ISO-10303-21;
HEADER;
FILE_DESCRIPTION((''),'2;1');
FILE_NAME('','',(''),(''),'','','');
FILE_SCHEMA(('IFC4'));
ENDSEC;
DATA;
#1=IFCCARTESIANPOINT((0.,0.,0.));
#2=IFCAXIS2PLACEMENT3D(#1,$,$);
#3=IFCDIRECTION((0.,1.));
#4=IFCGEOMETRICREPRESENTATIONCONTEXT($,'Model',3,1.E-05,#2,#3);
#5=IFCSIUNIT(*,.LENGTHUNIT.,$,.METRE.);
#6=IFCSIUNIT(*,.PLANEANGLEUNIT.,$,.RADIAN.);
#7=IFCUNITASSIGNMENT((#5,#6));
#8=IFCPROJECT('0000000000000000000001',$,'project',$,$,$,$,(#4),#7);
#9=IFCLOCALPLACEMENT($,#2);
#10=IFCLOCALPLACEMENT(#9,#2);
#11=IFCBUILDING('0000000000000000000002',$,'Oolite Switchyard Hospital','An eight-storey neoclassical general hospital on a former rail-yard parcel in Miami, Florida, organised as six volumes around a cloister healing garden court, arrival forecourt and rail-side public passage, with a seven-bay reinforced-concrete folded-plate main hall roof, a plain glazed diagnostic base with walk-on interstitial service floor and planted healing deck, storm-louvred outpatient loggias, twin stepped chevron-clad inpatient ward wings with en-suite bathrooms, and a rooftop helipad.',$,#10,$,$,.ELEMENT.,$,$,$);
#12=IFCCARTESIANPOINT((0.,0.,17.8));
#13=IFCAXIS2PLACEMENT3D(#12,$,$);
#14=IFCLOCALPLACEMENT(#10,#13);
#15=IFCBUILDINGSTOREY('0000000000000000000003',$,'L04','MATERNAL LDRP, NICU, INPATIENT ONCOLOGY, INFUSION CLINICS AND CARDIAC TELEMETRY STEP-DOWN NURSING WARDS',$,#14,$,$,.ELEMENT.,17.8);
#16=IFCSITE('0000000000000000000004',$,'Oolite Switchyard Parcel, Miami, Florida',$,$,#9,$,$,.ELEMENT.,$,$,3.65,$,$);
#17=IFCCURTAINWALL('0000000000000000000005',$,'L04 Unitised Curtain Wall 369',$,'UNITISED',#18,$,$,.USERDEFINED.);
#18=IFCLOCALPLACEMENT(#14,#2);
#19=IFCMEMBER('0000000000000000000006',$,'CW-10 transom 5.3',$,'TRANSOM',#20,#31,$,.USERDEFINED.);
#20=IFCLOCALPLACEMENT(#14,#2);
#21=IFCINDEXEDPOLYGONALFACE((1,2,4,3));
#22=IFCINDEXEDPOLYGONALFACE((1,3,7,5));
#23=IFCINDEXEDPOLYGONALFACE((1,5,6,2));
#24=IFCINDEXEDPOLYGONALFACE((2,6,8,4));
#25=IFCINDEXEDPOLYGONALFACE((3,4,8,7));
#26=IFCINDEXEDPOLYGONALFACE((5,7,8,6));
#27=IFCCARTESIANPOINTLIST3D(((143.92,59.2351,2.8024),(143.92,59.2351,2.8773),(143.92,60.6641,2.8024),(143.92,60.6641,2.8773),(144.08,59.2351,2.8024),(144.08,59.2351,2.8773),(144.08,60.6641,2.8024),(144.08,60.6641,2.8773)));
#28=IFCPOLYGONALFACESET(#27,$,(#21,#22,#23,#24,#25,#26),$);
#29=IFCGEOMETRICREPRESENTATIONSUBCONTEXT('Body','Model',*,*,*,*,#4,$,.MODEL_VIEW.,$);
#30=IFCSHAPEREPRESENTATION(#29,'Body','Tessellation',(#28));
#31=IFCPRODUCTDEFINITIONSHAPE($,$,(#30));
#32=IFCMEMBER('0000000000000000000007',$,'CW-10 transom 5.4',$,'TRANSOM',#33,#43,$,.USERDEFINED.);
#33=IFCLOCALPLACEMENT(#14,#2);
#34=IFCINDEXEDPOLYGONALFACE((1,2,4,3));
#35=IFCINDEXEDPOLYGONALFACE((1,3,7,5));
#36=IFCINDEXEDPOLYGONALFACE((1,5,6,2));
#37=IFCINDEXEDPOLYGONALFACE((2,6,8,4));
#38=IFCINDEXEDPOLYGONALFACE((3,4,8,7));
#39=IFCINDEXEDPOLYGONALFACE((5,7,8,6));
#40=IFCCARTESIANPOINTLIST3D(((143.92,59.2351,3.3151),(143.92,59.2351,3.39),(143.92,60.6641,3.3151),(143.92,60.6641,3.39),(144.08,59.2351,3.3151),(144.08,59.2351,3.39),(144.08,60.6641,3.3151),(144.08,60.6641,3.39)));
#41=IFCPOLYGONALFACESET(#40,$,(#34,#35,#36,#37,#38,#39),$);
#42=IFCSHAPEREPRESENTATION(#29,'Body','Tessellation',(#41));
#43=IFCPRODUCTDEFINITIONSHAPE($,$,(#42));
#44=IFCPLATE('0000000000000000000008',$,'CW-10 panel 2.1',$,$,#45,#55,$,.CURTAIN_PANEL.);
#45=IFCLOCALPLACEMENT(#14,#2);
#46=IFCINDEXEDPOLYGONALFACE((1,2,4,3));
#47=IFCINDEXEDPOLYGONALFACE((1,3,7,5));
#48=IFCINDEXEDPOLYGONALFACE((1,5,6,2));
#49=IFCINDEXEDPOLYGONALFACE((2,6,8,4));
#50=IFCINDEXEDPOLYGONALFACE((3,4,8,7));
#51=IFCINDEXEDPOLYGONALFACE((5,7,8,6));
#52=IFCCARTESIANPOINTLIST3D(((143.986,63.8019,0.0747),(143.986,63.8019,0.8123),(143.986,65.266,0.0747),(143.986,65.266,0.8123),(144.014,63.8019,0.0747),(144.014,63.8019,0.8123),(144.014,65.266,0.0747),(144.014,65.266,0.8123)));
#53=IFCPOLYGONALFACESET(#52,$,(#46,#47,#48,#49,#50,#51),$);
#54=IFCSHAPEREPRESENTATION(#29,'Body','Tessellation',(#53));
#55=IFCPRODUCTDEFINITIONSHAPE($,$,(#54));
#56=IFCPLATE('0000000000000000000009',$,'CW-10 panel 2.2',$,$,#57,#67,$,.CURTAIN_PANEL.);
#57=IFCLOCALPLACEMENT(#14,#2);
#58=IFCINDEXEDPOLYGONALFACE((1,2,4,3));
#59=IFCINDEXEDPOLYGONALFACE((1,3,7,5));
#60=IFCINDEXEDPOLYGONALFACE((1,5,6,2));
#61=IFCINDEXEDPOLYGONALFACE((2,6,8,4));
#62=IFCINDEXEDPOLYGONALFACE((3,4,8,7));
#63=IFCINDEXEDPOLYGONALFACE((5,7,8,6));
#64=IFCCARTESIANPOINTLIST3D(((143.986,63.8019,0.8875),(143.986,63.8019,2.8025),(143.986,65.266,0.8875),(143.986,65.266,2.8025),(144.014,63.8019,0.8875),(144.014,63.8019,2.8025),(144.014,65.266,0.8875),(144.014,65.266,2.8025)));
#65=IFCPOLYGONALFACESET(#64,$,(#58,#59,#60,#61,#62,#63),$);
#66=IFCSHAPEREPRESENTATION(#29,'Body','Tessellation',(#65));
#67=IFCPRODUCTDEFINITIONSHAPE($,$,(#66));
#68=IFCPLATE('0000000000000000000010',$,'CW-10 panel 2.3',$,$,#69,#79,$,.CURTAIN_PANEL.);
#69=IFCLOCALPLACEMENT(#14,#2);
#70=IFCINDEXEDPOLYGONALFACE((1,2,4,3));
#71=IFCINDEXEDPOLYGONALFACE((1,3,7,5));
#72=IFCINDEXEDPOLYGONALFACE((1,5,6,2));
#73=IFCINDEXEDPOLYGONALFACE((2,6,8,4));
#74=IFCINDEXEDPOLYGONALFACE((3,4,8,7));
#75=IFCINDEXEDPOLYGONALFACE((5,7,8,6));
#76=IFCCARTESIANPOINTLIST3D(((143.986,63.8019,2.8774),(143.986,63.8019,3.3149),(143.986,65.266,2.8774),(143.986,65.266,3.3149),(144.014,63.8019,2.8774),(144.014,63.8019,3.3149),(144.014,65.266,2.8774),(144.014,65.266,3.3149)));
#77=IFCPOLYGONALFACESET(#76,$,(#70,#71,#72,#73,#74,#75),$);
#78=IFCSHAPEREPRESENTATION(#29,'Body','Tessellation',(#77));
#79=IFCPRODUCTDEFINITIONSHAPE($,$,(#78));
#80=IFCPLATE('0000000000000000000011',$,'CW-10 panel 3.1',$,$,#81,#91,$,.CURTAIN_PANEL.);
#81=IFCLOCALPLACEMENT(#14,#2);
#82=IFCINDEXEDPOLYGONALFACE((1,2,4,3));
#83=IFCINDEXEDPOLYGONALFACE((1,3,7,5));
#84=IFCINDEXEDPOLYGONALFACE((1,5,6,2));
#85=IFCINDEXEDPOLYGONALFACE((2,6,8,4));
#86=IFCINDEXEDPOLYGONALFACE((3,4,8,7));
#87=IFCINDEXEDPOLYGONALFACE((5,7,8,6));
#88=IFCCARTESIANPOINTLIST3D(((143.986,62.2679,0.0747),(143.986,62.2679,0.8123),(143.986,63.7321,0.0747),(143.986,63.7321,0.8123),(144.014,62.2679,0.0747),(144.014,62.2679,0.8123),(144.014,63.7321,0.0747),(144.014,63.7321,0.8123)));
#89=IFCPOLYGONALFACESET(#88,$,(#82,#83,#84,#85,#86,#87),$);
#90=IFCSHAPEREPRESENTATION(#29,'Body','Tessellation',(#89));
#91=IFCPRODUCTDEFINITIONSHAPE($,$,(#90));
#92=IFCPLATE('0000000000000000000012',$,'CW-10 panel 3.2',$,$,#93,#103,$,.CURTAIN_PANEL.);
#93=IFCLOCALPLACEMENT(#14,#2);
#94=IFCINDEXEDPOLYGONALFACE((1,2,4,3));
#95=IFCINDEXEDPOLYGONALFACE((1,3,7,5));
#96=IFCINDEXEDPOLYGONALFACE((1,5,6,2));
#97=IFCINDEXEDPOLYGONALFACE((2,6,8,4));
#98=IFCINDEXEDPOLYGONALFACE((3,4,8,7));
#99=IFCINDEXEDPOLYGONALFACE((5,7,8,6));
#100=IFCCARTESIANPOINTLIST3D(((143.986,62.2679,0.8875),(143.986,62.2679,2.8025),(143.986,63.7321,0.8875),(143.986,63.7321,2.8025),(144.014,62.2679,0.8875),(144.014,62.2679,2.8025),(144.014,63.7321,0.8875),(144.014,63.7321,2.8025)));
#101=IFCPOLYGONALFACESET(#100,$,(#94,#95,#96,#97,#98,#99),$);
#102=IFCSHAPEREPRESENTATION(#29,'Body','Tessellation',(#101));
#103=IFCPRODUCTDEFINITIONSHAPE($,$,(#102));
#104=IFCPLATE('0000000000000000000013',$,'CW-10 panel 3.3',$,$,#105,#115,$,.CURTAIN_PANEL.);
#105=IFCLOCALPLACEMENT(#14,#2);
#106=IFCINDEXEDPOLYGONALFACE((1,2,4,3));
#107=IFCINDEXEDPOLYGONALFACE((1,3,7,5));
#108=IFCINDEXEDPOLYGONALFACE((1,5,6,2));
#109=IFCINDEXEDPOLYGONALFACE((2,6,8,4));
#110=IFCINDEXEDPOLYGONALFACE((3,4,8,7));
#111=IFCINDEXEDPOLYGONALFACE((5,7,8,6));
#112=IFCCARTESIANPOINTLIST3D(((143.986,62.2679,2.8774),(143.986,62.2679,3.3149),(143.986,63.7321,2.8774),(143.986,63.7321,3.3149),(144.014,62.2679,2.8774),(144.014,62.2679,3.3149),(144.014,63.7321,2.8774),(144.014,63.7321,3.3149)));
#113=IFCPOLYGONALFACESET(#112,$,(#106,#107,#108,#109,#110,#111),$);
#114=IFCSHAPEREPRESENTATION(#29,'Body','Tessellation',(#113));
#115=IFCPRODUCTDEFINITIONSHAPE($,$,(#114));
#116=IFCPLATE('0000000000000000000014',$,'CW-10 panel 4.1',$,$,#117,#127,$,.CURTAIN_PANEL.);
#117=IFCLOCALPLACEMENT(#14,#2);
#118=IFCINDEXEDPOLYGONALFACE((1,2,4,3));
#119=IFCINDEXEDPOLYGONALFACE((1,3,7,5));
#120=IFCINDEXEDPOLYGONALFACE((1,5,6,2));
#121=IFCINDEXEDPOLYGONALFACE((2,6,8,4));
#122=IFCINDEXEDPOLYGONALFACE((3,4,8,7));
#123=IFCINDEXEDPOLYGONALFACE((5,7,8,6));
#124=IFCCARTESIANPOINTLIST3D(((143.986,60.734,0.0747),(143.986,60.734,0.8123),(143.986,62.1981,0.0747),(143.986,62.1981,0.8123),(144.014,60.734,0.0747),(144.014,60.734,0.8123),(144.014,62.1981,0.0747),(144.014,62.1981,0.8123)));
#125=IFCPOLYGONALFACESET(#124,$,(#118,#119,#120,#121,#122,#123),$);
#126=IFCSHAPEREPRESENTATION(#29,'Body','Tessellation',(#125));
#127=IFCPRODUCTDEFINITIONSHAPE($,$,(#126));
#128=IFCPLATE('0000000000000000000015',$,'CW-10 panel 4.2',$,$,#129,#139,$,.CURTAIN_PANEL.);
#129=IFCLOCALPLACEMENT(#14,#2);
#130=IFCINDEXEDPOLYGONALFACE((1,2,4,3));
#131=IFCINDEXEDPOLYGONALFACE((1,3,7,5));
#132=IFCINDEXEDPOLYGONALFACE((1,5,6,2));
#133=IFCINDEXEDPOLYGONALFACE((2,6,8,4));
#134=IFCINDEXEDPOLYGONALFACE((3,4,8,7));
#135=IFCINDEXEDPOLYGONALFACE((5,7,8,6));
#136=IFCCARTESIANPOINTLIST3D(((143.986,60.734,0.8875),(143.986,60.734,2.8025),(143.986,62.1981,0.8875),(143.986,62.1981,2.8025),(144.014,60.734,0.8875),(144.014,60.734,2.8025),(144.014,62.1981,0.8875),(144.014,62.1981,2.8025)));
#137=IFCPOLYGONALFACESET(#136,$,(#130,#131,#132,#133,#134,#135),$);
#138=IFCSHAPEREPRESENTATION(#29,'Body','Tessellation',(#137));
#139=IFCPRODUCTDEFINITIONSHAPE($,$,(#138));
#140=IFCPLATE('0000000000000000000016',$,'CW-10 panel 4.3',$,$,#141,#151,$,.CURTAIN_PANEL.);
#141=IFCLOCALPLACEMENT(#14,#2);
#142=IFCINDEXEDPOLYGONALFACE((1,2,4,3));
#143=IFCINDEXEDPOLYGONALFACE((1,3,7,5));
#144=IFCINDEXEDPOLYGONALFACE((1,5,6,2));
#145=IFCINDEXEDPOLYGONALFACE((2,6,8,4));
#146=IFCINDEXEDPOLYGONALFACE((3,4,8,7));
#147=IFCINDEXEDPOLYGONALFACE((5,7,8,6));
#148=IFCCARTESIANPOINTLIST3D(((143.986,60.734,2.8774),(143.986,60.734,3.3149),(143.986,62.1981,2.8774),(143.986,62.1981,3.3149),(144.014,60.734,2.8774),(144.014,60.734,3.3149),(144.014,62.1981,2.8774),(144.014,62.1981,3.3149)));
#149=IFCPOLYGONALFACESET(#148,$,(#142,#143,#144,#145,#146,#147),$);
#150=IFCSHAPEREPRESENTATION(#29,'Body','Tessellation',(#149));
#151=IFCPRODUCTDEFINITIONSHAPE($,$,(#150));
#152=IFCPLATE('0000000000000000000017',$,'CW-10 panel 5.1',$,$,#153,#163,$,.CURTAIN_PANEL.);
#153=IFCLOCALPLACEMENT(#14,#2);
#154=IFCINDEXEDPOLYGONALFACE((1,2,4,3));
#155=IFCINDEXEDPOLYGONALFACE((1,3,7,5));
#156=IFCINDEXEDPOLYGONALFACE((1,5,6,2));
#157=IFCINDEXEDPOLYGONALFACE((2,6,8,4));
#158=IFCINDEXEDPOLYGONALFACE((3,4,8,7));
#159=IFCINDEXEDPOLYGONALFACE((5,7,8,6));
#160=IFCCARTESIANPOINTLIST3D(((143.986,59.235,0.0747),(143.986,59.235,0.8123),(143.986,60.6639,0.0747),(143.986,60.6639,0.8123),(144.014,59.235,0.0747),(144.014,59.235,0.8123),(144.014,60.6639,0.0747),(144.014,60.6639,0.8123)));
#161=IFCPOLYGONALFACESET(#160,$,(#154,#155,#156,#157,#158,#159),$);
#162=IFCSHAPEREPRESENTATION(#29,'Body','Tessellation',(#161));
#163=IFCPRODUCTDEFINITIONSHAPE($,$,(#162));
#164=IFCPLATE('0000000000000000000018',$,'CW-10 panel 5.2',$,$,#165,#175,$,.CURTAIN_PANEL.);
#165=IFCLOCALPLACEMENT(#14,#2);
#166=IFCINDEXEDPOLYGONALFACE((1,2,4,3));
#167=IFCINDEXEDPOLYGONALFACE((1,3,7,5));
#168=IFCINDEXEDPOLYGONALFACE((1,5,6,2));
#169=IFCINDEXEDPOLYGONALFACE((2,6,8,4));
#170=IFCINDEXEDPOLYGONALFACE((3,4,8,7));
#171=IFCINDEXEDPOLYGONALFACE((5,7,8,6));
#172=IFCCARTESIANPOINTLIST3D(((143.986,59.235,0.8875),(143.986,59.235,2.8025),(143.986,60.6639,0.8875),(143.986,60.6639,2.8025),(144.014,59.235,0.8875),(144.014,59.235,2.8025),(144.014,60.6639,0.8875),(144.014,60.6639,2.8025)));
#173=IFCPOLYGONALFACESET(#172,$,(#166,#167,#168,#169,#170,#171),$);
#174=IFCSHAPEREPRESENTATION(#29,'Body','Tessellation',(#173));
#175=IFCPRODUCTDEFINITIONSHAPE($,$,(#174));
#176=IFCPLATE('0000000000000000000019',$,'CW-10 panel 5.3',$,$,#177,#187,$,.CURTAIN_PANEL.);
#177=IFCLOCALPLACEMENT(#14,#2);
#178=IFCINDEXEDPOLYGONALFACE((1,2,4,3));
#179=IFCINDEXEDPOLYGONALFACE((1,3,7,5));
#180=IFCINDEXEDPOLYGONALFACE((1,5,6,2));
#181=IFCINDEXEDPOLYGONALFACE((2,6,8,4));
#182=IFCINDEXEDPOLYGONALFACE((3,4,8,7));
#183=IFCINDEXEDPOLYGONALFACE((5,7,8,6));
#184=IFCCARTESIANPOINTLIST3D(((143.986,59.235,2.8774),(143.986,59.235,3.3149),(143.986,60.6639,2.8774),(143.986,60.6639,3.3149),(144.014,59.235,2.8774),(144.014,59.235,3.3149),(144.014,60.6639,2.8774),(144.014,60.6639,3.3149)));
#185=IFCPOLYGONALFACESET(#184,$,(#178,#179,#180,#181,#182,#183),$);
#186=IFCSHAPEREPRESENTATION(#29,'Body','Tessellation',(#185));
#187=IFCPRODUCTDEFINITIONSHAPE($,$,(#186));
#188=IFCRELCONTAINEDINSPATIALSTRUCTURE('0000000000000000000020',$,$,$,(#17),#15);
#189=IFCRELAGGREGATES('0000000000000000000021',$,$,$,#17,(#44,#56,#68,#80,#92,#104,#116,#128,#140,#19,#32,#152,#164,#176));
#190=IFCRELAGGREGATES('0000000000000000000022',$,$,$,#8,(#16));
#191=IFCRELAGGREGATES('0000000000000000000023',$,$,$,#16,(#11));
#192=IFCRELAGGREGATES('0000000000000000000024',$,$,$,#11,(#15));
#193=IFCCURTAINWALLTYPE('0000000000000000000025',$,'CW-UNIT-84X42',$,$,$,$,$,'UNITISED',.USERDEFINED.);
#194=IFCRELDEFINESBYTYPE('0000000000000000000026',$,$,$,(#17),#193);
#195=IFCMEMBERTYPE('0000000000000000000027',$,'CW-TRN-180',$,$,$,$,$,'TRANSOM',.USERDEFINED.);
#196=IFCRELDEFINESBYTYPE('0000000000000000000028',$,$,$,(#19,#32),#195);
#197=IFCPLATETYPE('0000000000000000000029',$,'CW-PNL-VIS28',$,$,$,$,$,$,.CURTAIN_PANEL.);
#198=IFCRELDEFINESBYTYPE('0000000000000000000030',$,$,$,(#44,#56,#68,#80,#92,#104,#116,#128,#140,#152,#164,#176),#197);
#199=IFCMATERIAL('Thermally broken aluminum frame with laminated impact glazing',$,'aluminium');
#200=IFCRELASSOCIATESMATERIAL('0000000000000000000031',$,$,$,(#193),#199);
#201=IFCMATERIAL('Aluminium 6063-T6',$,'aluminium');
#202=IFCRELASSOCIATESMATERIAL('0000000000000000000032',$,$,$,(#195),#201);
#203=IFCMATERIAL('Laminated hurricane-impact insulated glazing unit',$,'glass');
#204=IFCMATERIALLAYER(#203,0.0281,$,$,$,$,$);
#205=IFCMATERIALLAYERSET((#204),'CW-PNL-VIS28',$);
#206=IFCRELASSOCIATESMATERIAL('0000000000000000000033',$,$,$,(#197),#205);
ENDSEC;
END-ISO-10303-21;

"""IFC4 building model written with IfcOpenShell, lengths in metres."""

from ifc_helpers import new_model, si_unit, direction, frame, origin, origin_2d, place, context, subcontext, project, spatial, rectangle, extrude, material, layer, layer_set, material_profile, profile_set, type_object, element, aggregate, save


model = new_model("IFC4")

# Units and contexts
model_context = context("Model", 3, precision=1e-05, world=origin(), true_north=direction((0.0, 1.0)))
body_context = subcontext(model_context, "Body", "Model", "MODEL_VIEW")
ifc_project = project(units=[si_unit("LENGTHUNIT", "METRE"), si_unit("PLANEANGLEUNIT", "RADIAN")], contexts=[model_context])

# Site, building, storey
site_placement = place(None, origin())
site = spatial("IfcSite", under=ifc_project, at=site_placement, Name="Oolite Switchyard Parcel, Miami, Florida", CompositionType="ELEMENT", RefElevation=3.65)
building_placement = place(site_placement, origin())
building = spatial("IfcBuilding", under=site, at=building_placement, Name="Oolite Switchyard Hospital", Description="An eight-storey neoclassical general hospital on a former rail-yard parcel in Miami, Florida, organised as six volumes around a cloister healing garden court, arrival forecourt and rail-side public passage, with a seven-bay reinforced-concrete folded-plate main hall roof, a plain glazed diagnostic base with walk-on interstitial service floor and planted healing deck, storm-louvred outpatient loggias, twin stepped chevron-clad inpatient ward wings with en-suite bathrooms, and a rooftop helipad.", CompositionType="ELEMENT")
storey_placement = place(building_placement, frame((0.0, 0.0, 17.8)))
storey = spatial("IfcBuildingStorey", under=building, at=storey_placement, Name="L04", Description="MATERNAL LDRP, NICU, INPATIENT ONCOLOGY, INFUSION CLINICS AND CARDIAC TELEMETRY STEP-DOWN NURSING WARDS", CompositionType="ELEMENT", Elevation=17.8)

# Curtain wall
ifc_material_1 = material(Name="Thermally broken aluminum frame with laminated impact glazing", Category="aluminium")
curtain_wall_type = type_object("IfcCurtainWallType", Name="CW-UNIT-84X42", ElementType="UNITISED", PredefinedType="USERDEFINED", material=ifc_material_1)
curtain_wall_1_placement = place(storey_placement, origin())
curtain_wall_1 = element("IfcCurtainWall", 1, at=curtain_wall_1_placement, inside=storey, type_object=curtain_wall_type, Name="L04 Unitised Curtain Wall 369", ObjectType="UNITISED", PredefinedType="USERDEFINED")
ifc_material_2 = material(Name="Aluminium 6063-T6", Category="aluminium")

# Members
ifc_material_profile_1 = material_profile(ifc_material_2, rectangle(XDim=0.1599, YDim=0.075, at=origin_2d()), Name="CWT75X160")
ifc_profile_set_1 = profile_set([ifc_material_profile_1], Name="Aluminium 6063-T6")
member_type_1 = type_object("IfcMemberType", Name="CW-TRN-180", ElementType="TRANSOM", PredefinedType="USERDEFINED", material=ifc_profile_set_1)
member_1_placement = place(storey_placement, frame((144.0, 60.6641, 2.8398), z_axis=(0.0, -1.0, 0.0), x_axis=(1.0, 0.0, 0.0)))
member_1 = element("IfcMember", 2, at=member_1_placement, type_object=member_type_1, Name="CW-10 transom 5.3", ObjectType="TRANSOM", PredefinedType="USERDEFINED", context=body_context, shape_type="SweptSolid", body=[
    extrude(rectangle(XDim=0.1599, YDim=0.075, at=origin_2d()), origin(), (0.0, 0.0, 1.0), 1.429),
])
member_2_placement = place(storey_placement, frame((144.0, 60.6641, 3.3525), z_axis=(0.0, -1.0, 0.0), x_axis=(1.0, 0.0, 0.0)))
member_2 = element("IfcMember", 3, at=member_2_placement, type_object=member_type_1, Name="CW-10 transom 5.4", ObjectType="TRANSOM", PredefinedType="USERDEFINED", context=body_context, shape_type="SweptSolid", body=[
    extrude(rectangle(XDim=0.1599, YDim=0.075, at=origin_2d()), origin(), (0.0, 0.0, 1.0), 1.429),
])

# Plates
ifc_material_3 = material(Name="Laminated hurricane-impact insulated glazing unit", Category="glass")
ifc_layer = layer(ifc_material_3, 0.0281)
ifc_layer_set = layer_set([ifc_layer], Name="CW-PNL-VIS28")
plate_type = type_object("IfcPlateType", Name="CW-PNL-VIS28", PredefinedType="CURTAIN_PANEL", material=ifc_layer_set)
plate_1_placement = place(storey_placement, frame((144.0, 64.5339, 0.0747), z_axis=(0.0, 0.0, 1.0), x_axis=(0.0, -1.0, 0.0)))
plate_1 = element("IfcPlate", 4, at=plate_1_placement, type_object=plate_type, Name="CW-10 panel 2.1", PredefinedType="CURTAIN_PANEL", context=body_context, shape_type="SweptSolid", body=[
    extrude(rectangle(XDim=1.4641, YDim=0.0281, at=origin_2d()), origin(), (0.0, 0.0, 1.0), 0.7375),
])
plate_2_placement = place(storey_placement, frame((144.0, 64.5339, 0.8875), z_axis=(0.0, 0.0, 1.0), x_axis=(0.0, -1.0, 0.0)))
plate_2 = element("IfcPlate", 5, at=plate_2_placement, type_object=plate_type, Name="CW-10 panel 2.2", PredefinedType="CURTAIN_PANEL", context=body_context, shape_type="SweptSolid", body=[
    extrude(rectangle(XDim=1.4641, YDim=0.0281, at=origin_2d()), origin(), (0.0, 0.0, 1.0), 1.915),
])
plate_3_placement = place(storey_placement, frame((144.0, 64.5339, 2.8774), z_axis=(0.0, 0.0, 1.0), x_axis=(0.0, -1.0, 0.0)))
plate_3 = element("IfcPlate", 6, at=plate_3_placement, type_object=plate_type, Name="CW-10 panel 2.3", PredefinedType="CURTAIN_PANEL", context=body_context, shape_type="SweptSolid", body=[
    extrude(rectangle(XDim=1.4641, YDim=0.0281, at=origin_2d()), origin(), (0.0, 0.0, 1.0), 0.4375),
])
plate_4_placement = place(storey_placement, frame((144.0, 63.0, 0.0747), z_axis=(0.0, 0.0, 1.0), x_axis=(0.0, -1.0, 0.0)))
plate_4 = element("IfcPlate", 7, at=plate_4_placement, type_object=plate_type, Name="CW-10 panel 3.1", PredefinedType="CURTAIN_PANEL", context=body_context, shape_type="SweptSolid", body=[
    extrude(rectangle(XDim=1.4641, YDim=0.0281, at=origin_2d()), origin(), (0.0, 0.0, 1.0), 0.7375),
])
plate_5_placement = place(storey_placement, frame((144.0, 63.0, 0.8875), z_axis=(0.0, 0.0, 1.0), x_axis=(0.0, -1.0, 0.0)))
plate_5 = element("IfcPlate", 8, at=plate_5_placement, type_object=plate_type, Name="CW-10 panel 3.2", PredefinedType="CURTAIN_PANEL", context=body_context, shape_type="SweptSolid", body=[
    extrude(rectangle(XDim=1.4641, YDim=0.0281, at=origin_2d()), origin(), (0.0, 0.0, 1.0), 1.915),
])
plate_6_placement = place(storey_placement, frame((144.0, 63.0, 2.8774), z_axis=(0.0, 0.0, 1.0), x_axis=(0.0, -1.0, 0.0)))
plate_6 = element("IfcPlate", 9, at=plate_6_placement, type_object=plate_type, Name="CW-10 panel 3.3", PredefinedType="CURTAIN_PANEL", context=body_context, shape_type="SweptSolid", body=[
    extrude(rectangle(XDim=1.4641, YDim=0.0281, at=origin_2d()), origin(), (0.0, 0.0, 1.0), 0.4375),
])
plate_7_placement = place(storey_placement, frame((144.0, 61.4661, 0.0747), z_axis=(0.0, 0.0, 1.0), x_axis=(0.0, -1.0, 0.0)))
plate_7 = element("IfcPlate", 10, at=plate_7_placement, type_object=plate_type, Name="CW-10 panel 4.1", PredefinedType="CURTAIN_PANEL", context=body_context, shape_type="SweptSolid", body=[
    extrude(rectangle(XDim=1.4641, YDim=0.0281, at=origin_2d()), origin(), (0.0, 0.0, 1.0), 0.7375),
])
plate_8_placement = place(storey_placement, frame((144.0, 61.4661, 0.8875), z_axis=(0.0, 0.0, 1.0), x_axis=(0.0, -1.0, 0.0)))
plate_8 = element("IfcPlate", 11, at=plate_8_placement, type_object=plate_type, Name="CW-10 panel 4.2", PredefinedType="CURTAIN_PANEL", context=body_context, shape_type="SweptSolid", body=[
    extrude(rectangle(XDim=1.4641, YDim=0.0281, at=origin_2d()), origin(), (0.0, 0.0, 1.0), 1.915),
])
plate_9_placement = place(storey_placement, frame((144.0, 61.4661, 2.8774), z_axis=(0.0, 0.0, 1.0), x_axis=(0.0, -1.0, 0.0)))
plate_9 = element("IfcPlate", 12, at=plate_9_placement, type_object=plate_type, Name="CW-10 panel 4.3", PredefinedType="CURTAIN_PANEL", context=body_context, shape_type="SweptSolid", body=[
    extrude(rectangle(XDim=1.4641, YDim=0.0281, at=origin_2d()), origin(), (0.0, 0.0, 1.0), 0.4375),
])
plate_10_placement = place(storey_placement, frame((144.0, 59.9495, 0.0747), z_axis=(0.0, 0.0, 1.0), x_axis=(0.0, -1.0, 0.0)))
plate_10 = element("IfcPlate", 13, at=plate_10_placement, type_object=plate_type, Name="CW-10 panel 5.1", PredefinedType="CURTAIN_PANEL", context=body_context, shape_type="SweptSolid", body=[
    extrude(rectangle(XDim=1.429, YDim=0.0281, at=origin_2d()), origin(), (0.0, 0.0, 1.0), 0.7375),
])
plate_11_placement = place(storey_placement, frame((144.0, 59.9495, 0.8875), z_axis=(0.0, 0.0, 1.0), x_axis=(0.0, -1.0, 0.0)))
plate_11 = element("IfcPlate", 14, at=plate_11_placement, type_object=plate_type, Name="CW-10 panel 5.2", PredefinedType="CURTAIN_PANEL", context=body_context, shape_type="SweptSolid", body=[
    extrude(rectangle(XDim=1.429, YDim=0.0281, at=origin_2d()), origin(), (0.0, 0.0, 1.0), 1.915),
])
plate_12_placement = place(storey_placement, frame((144.0, 59.9495, 2.8774), z_axis=(0.0, 0.0, 1.0), x_axis=(0.0, -1.0, 0.0)))
plate_12 = element("IfcPlate", 15, at=plate_12_placement, type_object=plate_type, Name="CW-10 panel 5.3", PredefinedType="CURTAIN_PANEL", context=body_context, shape_type="SweptSolid", body=[
    extrude(rectangle(XDim=1.429, YDim=0.0281, at=origin_2d()), origin(), (0.0, 0.0, 1.0), 0.4375),
])
aggregate(curtain_wall_1, [plate_1, plate_2, plate_3, plate_4, plate_5, plate_6, plate_7, plate_8, plate_9, member_1, member_2, plate_10, plate_11, plate_12])

save(model, "model.ifc")
